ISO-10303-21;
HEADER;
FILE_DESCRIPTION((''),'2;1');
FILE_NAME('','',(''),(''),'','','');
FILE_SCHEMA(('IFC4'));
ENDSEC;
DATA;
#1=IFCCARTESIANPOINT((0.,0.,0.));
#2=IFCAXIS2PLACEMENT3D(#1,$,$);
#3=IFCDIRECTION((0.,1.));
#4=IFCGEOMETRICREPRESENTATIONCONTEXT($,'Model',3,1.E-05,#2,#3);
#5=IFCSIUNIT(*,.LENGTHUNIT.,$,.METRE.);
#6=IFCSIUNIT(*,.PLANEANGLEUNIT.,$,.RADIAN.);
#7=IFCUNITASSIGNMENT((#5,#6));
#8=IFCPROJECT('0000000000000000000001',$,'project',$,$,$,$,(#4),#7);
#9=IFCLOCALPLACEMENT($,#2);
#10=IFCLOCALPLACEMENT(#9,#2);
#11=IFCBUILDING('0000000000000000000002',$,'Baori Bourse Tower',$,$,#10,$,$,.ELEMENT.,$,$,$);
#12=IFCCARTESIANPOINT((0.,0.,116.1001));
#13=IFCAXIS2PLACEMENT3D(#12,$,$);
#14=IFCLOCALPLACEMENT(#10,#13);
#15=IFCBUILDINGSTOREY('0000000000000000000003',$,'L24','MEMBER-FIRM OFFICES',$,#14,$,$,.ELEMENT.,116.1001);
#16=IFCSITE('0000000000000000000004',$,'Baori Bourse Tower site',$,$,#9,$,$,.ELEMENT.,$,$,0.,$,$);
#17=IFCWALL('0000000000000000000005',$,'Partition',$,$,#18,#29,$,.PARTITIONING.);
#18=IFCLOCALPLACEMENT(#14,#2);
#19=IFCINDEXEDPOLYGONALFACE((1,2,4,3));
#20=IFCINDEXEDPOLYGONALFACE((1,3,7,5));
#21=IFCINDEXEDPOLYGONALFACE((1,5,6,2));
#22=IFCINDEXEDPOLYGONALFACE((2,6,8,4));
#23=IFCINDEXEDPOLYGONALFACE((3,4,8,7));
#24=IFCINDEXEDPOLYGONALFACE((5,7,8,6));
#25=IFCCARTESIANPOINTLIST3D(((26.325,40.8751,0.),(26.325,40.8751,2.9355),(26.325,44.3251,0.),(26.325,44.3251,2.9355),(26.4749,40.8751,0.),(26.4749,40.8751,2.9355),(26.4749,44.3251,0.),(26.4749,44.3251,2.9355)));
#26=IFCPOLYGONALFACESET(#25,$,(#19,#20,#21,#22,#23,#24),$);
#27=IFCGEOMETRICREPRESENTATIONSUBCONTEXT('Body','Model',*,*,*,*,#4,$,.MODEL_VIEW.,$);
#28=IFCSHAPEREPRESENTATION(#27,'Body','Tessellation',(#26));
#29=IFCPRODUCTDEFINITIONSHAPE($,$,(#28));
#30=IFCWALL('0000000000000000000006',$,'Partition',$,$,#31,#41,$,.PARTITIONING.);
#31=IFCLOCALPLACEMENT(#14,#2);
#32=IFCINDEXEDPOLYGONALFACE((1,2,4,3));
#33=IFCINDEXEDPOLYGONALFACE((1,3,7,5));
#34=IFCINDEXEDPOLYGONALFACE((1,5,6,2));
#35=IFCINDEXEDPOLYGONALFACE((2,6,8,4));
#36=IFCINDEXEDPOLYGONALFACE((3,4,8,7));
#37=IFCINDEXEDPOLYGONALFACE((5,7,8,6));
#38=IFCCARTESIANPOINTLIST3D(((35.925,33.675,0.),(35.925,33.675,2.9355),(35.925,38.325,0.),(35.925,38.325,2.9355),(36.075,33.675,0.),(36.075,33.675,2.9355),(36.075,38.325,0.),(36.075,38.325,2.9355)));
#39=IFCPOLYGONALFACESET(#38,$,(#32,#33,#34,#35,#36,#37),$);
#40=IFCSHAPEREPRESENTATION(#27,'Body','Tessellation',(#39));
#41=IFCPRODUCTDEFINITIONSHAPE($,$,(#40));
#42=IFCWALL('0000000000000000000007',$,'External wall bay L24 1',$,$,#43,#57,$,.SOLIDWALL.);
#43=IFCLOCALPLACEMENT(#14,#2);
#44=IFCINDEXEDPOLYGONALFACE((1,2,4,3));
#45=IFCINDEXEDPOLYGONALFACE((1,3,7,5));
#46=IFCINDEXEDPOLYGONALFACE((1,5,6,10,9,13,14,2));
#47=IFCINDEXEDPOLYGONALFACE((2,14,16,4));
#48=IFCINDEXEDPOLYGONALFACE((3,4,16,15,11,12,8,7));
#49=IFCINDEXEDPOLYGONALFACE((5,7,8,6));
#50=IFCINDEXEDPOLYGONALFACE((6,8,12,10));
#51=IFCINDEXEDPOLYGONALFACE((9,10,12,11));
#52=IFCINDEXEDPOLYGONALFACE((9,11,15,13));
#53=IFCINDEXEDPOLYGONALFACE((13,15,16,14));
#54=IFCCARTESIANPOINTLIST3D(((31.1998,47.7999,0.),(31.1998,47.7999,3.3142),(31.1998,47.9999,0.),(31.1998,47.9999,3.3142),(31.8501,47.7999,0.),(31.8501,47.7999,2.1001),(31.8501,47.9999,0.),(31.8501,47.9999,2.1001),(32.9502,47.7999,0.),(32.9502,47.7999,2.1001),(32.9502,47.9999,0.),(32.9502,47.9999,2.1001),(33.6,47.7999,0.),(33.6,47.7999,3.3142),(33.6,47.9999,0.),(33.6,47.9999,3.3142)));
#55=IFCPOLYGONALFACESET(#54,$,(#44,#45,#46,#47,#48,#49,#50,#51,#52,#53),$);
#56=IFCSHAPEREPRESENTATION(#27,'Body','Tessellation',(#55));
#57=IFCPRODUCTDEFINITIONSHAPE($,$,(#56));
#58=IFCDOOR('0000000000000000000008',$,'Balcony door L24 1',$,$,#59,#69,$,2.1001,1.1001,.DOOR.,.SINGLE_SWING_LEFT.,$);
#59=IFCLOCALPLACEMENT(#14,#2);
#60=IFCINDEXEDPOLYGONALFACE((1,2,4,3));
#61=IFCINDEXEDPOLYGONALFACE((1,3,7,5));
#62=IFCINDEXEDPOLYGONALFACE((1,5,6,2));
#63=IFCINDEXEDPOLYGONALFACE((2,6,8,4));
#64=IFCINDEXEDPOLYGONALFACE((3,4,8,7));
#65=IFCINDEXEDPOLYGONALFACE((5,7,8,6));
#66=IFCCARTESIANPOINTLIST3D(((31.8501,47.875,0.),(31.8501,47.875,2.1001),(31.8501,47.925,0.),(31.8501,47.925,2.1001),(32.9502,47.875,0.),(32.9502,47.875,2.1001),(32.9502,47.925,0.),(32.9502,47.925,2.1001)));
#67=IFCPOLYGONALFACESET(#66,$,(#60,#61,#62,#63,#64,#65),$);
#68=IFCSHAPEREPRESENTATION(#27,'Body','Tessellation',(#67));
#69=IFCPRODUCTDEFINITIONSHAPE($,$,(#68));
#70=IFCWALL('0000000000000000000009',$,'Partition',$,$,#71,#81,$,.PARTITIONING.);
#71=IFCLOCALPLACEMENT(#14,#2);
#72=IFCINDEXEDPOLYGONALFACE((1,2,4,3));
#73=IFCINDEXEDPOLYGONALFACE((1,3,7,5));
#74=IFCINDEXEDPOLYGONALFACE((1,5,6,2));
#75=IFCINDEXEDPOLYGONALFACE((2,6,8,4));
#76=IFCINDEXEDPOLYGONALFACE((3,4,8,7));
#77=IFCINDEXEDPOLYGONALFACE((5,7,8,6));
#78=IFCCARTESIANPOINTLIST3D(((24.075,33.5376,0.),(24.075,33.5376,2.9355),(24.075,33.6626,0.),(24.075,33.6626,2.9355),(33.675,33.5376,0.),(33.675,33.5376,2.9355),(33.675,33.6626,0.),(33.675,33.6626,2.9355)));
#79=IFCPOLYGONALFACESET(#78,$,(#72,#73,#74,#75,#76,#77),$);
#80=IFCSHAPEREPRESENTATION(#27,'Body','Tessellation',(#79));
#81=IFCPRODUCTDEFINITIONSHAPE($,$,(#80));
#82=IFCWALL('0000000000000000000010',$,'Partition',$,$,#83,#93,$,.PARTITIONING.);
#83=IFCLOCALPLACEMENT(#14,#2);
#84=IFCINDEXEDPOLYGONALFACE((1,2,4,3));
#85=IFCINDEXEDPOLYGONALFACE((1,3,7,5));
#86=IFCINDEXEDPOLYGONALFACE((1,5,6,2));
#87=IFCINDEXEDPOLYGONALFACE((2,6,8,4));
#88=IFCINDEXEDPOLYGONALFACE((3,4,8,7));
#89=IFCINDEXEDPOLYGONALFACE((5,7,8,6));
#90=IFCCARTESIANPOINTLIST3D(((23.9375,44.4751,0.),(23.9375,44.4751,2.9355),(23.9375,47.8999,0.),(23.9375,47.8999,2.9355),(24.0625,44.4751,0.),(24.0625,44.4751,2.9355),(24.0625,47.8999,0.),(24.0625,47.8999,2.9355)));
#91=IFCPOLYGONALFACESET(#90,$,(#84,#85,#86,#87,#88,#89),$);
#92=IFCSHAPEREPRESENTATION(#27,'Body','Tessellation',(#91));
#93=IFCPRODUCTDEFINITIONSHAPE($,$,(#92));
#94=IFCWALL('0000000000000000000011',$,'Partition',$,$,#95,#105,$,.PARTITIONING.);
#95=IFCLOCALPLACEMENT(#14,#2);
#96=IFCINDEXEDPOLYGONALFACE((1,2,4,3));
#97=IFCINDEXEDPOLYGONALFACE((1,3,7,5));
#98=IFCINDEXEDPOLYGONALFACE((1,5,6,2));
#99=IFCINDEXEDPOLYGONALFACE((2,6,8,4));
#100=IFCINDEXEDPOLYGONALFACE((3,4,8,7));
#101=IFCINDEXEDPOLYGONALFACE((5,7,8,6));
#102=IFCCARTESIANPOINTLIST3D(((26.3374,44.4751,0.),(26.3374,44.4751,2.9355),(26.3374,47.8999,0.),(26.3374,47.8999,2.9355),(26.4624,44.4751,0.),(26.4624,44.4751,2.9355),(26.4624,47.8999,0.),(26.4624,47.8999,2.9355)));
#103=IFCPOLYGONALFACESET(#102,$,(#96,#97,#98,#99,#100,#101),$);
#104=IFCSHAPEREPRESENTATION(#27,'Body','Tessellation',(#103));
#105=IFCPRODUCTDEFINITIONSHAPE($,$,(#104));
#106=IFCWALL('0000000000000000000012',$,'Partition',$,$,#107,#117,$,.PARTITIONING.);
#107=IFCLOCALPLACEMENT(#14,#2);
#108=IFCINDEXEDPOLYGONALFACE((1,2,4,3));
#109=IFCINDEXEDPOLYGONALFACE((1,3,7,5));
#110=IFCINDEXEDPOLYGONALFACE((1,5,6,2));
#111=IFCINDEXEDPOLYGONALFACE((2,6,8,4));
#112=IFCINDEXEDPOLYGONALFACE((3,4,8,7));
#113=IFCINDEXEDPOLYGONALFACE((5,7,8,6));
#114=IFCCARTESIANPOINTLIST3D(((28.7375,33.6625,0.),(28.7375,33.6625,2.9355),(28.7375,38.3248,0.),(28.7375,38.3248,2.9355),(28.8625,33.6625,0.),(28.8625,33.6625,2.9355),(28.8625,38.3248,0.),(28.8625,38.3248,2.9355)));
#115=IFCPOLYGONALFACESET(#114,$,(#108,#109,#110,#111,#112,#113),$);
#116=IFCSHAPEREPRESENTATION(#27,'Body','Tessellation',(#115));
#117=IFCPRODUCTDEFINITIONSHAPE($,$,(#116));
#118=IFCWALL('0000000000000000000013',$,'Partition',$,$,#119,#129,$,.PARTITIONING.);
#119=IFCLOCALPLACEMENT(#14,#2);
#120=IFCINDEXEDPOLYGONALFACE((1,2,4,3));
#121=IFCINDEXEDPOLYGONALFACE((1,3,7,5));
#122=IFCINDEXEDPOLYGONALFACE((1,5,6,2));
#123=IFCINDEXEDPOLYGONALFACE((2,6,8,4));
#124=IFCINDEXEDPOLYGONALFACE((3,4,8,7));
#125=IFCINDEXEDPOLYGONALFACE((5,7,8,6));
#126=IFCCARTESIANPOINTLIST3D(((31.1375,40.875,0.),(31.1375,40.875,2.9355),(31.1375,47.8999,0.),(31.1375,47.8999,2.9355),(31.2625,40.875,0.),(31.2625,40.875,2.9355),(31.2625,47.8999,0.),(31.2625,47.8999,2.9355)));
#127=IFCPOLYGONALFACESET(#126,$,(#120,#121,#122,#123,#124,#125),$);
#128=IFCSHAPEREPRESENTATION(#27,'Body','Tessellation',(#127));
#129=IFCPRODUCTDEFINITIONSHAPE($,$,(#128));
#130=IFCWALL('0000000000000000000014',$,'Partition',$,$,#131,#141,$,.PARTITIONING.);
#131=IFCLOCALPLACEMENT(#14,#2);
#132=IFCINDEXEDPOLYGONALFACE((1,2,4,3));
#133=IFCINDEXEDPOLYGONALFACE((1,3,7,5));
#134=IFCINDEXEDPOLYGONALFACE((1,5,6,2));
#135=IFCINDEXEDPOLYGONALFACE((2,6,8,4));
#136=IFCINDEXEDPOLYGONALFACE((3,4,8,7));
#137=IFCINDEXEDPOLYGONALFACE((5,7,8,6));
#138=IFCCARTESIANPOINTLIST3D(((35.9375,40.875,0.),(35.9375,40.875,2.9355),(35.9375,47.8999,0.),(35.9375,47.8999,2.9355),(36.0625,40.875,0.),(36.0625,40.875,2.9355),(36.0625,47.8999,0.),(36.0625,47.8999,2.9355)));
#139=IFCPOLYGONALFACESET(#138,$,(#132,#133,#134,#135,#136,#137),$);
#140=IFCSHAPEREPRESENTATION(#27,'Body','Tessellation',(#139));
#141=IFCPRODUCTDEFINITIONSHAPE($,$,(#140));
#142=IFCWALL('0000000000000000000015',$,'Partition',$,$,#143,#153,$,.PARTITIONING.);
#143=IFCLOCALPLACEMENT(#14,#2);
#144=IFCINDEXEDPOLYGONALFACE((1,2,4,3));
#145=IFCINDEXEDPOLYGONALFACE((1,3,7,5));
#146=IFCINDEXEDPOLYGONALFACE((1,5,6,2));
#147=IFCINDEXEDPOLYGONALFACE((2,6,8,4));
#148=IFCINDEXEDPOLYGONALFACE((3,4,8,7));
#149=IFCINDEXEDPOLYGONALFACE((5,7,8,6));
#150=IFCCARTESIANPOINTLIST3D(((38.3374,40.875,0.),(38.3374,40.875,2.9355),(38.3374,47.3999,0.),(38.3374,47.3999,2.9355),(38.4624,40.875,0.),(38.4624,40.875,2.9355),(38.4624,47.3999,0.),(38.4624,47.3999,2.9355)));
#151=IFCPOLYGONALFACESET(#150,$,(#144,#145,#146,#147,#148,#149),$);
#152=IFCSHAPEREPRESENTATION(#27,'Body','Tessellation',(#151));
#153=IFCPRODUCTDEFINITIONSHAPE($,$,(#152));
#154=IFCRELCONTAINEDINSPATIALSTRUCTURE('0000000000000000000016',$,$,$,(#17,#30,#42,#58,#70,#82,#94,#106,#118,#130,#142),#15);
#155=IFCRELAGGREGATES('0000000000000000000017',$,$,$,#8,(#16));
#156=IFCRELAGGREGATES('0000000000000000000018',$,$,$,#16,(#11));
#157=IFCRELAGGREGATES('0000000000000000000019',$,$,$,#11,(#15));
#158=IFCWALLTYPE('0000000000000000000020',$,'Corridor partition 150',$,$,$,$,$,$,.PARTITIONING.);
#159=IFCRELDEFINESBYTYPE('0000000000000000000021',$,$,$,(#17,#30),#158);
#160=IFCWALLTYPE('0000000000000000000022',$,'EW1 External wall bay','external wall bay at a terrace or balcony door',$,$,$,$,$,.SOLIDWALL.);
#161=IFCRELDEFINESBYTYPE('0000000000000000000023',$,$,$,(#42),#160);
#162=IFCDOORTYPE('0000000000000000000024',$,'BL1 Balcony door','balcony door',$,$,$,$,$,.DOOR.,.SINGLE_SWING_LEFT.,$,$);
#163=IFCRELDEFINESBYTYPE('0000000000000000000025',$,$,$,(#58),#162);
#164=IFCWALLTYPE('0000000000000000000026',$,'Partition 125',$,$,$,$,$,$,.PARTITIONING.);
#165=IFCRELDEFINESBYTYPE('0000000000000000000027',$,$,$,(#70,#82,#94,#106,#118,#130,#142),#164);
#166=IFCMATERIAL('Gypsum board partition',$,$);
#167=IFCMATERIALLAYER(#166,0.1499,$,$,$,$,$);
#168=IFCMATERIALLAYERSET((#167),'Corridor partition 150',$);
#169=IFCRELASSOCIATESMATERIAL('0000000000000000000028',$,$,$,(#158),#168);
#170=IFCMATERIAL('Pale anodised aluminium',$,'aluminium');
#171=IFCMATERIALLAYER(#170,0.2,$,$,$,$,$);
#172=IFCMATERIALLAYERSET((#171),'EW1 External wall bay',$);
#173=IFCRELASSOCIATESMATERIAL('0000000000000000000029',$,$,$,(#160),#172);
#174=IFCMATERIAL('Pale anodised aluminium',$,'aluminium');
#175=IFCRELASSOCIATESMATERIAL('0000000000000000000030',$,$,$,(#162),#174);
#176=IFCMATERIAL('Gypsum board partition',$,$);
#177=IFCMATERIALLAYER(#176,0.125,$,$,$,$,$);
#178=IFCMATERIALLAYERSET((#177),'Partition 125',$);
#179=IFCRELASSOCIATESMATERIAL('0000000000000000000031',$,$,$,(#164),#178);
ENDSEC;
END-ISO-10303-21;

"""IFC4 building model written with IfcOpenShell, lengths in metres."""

from ifc_helpers import new_model, si_unit, direction, frame, frame_2d, origin, place, context, subcontext, project, spatial, rectangle, extrude, material, layer, layer_set, type_object, element, fill, save


model = new_model("IFC4")

# Units and contexts
model_context = context("Model", 3, precision=1e-05, world=origin(), true_north=direction((0.0, 1.0)))
body_context = subcontext(model_context, "Body", "Model", "MODEL_VIEW")
ifc_project = project(units=[si_unit("LENGTHUNIT", "METRE"), si_unit("PLANEANGLEUNIT", "RADIAN")], contexts=[model_context])

# Site, building, storey
site_placement = place(None, origin())
site = spatial("IfcSite", under=ifc_project, at=site_placement, Name="Baori Bourse Tower site", CompositionType="ELEMENT", RefElevation=0.0)
building_placement = place(site_placement, origin())
building = spatial("IfcBuilding", under=site, at=building_placement, Name="Baori Bourse Tower", CompositionType="ELEMENT")
storey_placement = place(building_placement, frame((0.0, 0.0, 116.1001)))
storey = spatial("IfcBuildingStorey", under=building, at=storey_placement, Name="L24", Description="MEMBER-FIRM OFFICES", CompositionType="ELEMENT", Elevation=116.1001)

# Walls
ifc_material_1 = material(Name="Gypsum board partition")
ifc_layer_1 = layer(ifc_material_1, 0.1499)
ifc_layer_set_1 = layer_set([ifc_layer_1], Name="Corridor partition 150")
wall_type_1 = type_object("IfcWallType", Name="Corridor partition 150", PredefinedType="PARTITIONING", material=ifc_layer_set_1)
wall_1_placement = place(storey_placement, frame((26.3999, 40.875, 0.0), z_axis=(0.0, 0.0, 1.0), x_axis=(0.0, 1.0, 0.0)))
element("IfcWall", 1, at=wall_1_placement, inside=storey, type_object=wall_type_1, Name="Partition", PredefinedType="PARTITIONING", context=body_context, shape_type="SweptSolid", body=[
    extrude(rectangle(XDim=3.45, YDim=0.1499, at=frame_2d((1.7251, 0.0))), origin(), (0.0, 0.0, 1.0), 2.9355),
])
wall_2_placement = place(storey_placement, frame((36.0, 33.675, 0.0), z_axis=(0.0, 0.0, 1.0), x_axis=(0.0, 1.0, 0.0)))
element("IfcWall", 2, at=wall_2_placement, inside=storey, type_object=wall_type_1, Name="Partition", PredefinedType="PARTITIONING", context=body_context, shape_type="SweptSolid", body=[
    extrude(rectangle(XDim=4.6499, YDim=0.1499, at=frame_2d((2.325, 0.0))), origin(), (0.0, 0.0, 1.0), 2.9355),
])

# Wall, opening, door
ifc_material_2 = material(Name="Pale anodised aluminium", Category="aluminium")
ifc_layer_2 = layer(ifc_material_2, 0.2)
ifc_layer_set_2 = layer_set([ifc_layer_2], Name="EW1 External wall bay")
wall_type_2 = type_object("IfcWallType", Name="EW1 External wall bay", Description="external wall bay at a terrace or balcony door", PredefinedType="SOLIDWALL", material=ifc_layer_set_2)
wall_3_placement = place(storey_placement, frame((33.6001, 47.8999, 0.0), z_axis=(0.0, 0.0, 1.0), x_axis=(-1.0, 0.0, 0.0)))
wall_3 = element("IfcWall", 3, at=wall_3_placement, inside=storey, type_object=wall_type_2, Name="External wall bay L24 1", PredefinedType="SOLIDWALL", context=body_context, shape_type="SweptSolid", body=[
    extrude(rectangle(XDim=2.4001, YDim=0.2, at=frame_2d((1.2002, 0.0))), origin(), (0.0, 0.0, 1.0), 3.3142),
])
opening_1_placement = place(wall_3_placement, frame((0.6499, 0.0, 0.0)))
opening_1 = element("IfcOpeningElement", 4, at=opening_1_placement, cuts=wall_3, PredefinedType="OPENING", context=body_context, shape_type="SweptSolid", body=[
    extrude(rectangle(XDim=1.1001, YDim=2.1001, at=frame_2d((0.55, 1.05))), frame((0.0, 0.1099, 0.0), z_axis=(0.0, -1.0, 0.0), x_axis=(1.0, 0.0, 0.0)), (0.0, 0.0, 1.0), 0.22),
])
ifc_material_3 = material(Name="Pale anodised aluminium", Category="aluminium")
door_type_1 = type_object("IfcDoorType", Name="BL1 Balcony door", Description="balcony door", OperationType="SINGLE_SWING_LEFT", PredefinedType="DOOR", material=ifc_material_3)
door_1_placement = place(opening_1_placement, origin())
door_1 = element("IfcDoor", 5, at=door_1_placement, inside=storey, type_object=door_type_1, Name="Balcony door L24 1", OperationType="SINGLE_SWING_LEFT", OverallHeight=2.1001, OverallWidth=1.1001, PredefinedType="DOOR", context=body_context, shape_type="SweptSolid", body=[
    extrude(rectangle(XDim=1.1001, YDim=2.1001, at=frame_2d((0.55, 1.05))), frame((0.0, 0.0249, 0.0), z_axis=(0.0, -1.0, 0.0), x_axis=(1.0, 0.0, 0.0)), (0.0, 0.0, 1.0), 0.05),
])
fill(opening_1, door_1)

# Walls
ifc_material_4 = material(Name="Gypsum board partition")
ifc_layer_3 = layer(ifc_material_4, 0.125)
ifc_layer_set_3 = layer_set([ifc_layer_3], Name="Partition 125")
wall_type_3 = type_object("IfcWallType", Name="Partition 125", PredefinedType="PARTITIONING", material=ifc_layer_set_3)
wall_4_placement = place(storey_placement, frame((24.075, 33.6001, 0.0), z_axis=(0.0, 0.0, 1.0), x_axis=(1.0, 0.0, 0.0)))
element("IfcWall", 6, at=wall_4_placement, inside=storey, type_object=wall_type_3, Name="Partition", PredefinedType="PARTITIONING", context=body_context, shape_type="SweptSolid", body=[
    extrude(rectangle(XDim=9.6001, YDim=0.125, at=frame_2d((4.8, 0.0))), origin(), (0.0, 0.0, 1.0), 2.9355),
])
for number, where, z_axis, x_axis, name in (
    (7, (24.0, 44.4751, 0.0), (0.0, 0.0, 1.0), (0.0, 1.0, 0.0), "Partition"),
    (8, (26.3999, 44.4751, 0.0), (0.0, 0.0, 1.0), (0.0, 1.0, 0.0), "Partition"),
):
    element("IfcWall", number, at=place(storey_placement, frame(where, z_axis=z_axis, x_axis=x_axis)), inside=storey, type_object=wall_type_3, Name=name, PredefinedType="PARTITIONING", context=body_context, shape_type="SweptSolid", body=[
        extrude(rectangle(XDim=3.4248, YDim=0.125, at=frame_2d((1.7124, 0.0))), origin(), (0.0, 0.0, 1.0), 2.9355),
    ])
wall_5_placement = place(storey_placement, frame((28.8, 33.6626, 0.0), z_axis=(0.0, 0.0, 1.0), x_axis=(0.0, 1.0, 0.0)))
element("IfcWall", 9, at=wall_5_placement, inside=storey, type_object=wall_type_3, Name="Partition", PredefinedType="PARTITIONING", context=body_context, shape_type="SweptSolid", body=[
    extrude(rectangle(XDim=4.6624, YDim=0.125, at=frame_2d((2.3311, 0.0))), origin(), (0.0, 0.0, 1.0), 2.9355),
])
for number, where, z_axis, x_axis, name in (
    (10, (31.2, 40.875, 0.0), (0.0, 0.0, 1.0), (0.0, 1.0, 0.0), "Partition"),
    (11, (36.0, 40.875, 0.0), (0.0, 0.0, 1.0), (0.0, 1.0, 0.0), "Partition"),
):
    element("IfcWall", number, at=place(storey_placement, frame(where, z_axis=z_axis, x_axis=x_axis)), inside=storey, type_object=wall_type_3, Name=name, PredefinedType="PARTITIONING", context=body_context, shape_type="SweptSolid", body=[
        extrude(rectangle(XDim=7.0249, YDim=0.125, at=frame_2d((3.5125, 0.0))), origin(), (0.0, 0.0, 1.0), 2.9355),
    ])
wall_6_placement = place(storey_placement, frame((38.3999, 40.875, 0.0), z_axis=(0.0, 0.0, 1.0), x_axis=(0.0, 1.0, 0.0)))
element("IfcWall", 12, at=wall_6_placement, inside=storey, type_object=wall_type_3, Name="Partition", PredefinedType="PARTITIONING", context=body_context, shape_type="SweptSolid", body=[
    extrude(rectangle(XDim=6.5249, YDim=0.125, at=frame_2d((3.2625, 0.0))), origin(), (0.0, 0.0, 1.0), 2.9355),
])

save(model, "model.ifc")
